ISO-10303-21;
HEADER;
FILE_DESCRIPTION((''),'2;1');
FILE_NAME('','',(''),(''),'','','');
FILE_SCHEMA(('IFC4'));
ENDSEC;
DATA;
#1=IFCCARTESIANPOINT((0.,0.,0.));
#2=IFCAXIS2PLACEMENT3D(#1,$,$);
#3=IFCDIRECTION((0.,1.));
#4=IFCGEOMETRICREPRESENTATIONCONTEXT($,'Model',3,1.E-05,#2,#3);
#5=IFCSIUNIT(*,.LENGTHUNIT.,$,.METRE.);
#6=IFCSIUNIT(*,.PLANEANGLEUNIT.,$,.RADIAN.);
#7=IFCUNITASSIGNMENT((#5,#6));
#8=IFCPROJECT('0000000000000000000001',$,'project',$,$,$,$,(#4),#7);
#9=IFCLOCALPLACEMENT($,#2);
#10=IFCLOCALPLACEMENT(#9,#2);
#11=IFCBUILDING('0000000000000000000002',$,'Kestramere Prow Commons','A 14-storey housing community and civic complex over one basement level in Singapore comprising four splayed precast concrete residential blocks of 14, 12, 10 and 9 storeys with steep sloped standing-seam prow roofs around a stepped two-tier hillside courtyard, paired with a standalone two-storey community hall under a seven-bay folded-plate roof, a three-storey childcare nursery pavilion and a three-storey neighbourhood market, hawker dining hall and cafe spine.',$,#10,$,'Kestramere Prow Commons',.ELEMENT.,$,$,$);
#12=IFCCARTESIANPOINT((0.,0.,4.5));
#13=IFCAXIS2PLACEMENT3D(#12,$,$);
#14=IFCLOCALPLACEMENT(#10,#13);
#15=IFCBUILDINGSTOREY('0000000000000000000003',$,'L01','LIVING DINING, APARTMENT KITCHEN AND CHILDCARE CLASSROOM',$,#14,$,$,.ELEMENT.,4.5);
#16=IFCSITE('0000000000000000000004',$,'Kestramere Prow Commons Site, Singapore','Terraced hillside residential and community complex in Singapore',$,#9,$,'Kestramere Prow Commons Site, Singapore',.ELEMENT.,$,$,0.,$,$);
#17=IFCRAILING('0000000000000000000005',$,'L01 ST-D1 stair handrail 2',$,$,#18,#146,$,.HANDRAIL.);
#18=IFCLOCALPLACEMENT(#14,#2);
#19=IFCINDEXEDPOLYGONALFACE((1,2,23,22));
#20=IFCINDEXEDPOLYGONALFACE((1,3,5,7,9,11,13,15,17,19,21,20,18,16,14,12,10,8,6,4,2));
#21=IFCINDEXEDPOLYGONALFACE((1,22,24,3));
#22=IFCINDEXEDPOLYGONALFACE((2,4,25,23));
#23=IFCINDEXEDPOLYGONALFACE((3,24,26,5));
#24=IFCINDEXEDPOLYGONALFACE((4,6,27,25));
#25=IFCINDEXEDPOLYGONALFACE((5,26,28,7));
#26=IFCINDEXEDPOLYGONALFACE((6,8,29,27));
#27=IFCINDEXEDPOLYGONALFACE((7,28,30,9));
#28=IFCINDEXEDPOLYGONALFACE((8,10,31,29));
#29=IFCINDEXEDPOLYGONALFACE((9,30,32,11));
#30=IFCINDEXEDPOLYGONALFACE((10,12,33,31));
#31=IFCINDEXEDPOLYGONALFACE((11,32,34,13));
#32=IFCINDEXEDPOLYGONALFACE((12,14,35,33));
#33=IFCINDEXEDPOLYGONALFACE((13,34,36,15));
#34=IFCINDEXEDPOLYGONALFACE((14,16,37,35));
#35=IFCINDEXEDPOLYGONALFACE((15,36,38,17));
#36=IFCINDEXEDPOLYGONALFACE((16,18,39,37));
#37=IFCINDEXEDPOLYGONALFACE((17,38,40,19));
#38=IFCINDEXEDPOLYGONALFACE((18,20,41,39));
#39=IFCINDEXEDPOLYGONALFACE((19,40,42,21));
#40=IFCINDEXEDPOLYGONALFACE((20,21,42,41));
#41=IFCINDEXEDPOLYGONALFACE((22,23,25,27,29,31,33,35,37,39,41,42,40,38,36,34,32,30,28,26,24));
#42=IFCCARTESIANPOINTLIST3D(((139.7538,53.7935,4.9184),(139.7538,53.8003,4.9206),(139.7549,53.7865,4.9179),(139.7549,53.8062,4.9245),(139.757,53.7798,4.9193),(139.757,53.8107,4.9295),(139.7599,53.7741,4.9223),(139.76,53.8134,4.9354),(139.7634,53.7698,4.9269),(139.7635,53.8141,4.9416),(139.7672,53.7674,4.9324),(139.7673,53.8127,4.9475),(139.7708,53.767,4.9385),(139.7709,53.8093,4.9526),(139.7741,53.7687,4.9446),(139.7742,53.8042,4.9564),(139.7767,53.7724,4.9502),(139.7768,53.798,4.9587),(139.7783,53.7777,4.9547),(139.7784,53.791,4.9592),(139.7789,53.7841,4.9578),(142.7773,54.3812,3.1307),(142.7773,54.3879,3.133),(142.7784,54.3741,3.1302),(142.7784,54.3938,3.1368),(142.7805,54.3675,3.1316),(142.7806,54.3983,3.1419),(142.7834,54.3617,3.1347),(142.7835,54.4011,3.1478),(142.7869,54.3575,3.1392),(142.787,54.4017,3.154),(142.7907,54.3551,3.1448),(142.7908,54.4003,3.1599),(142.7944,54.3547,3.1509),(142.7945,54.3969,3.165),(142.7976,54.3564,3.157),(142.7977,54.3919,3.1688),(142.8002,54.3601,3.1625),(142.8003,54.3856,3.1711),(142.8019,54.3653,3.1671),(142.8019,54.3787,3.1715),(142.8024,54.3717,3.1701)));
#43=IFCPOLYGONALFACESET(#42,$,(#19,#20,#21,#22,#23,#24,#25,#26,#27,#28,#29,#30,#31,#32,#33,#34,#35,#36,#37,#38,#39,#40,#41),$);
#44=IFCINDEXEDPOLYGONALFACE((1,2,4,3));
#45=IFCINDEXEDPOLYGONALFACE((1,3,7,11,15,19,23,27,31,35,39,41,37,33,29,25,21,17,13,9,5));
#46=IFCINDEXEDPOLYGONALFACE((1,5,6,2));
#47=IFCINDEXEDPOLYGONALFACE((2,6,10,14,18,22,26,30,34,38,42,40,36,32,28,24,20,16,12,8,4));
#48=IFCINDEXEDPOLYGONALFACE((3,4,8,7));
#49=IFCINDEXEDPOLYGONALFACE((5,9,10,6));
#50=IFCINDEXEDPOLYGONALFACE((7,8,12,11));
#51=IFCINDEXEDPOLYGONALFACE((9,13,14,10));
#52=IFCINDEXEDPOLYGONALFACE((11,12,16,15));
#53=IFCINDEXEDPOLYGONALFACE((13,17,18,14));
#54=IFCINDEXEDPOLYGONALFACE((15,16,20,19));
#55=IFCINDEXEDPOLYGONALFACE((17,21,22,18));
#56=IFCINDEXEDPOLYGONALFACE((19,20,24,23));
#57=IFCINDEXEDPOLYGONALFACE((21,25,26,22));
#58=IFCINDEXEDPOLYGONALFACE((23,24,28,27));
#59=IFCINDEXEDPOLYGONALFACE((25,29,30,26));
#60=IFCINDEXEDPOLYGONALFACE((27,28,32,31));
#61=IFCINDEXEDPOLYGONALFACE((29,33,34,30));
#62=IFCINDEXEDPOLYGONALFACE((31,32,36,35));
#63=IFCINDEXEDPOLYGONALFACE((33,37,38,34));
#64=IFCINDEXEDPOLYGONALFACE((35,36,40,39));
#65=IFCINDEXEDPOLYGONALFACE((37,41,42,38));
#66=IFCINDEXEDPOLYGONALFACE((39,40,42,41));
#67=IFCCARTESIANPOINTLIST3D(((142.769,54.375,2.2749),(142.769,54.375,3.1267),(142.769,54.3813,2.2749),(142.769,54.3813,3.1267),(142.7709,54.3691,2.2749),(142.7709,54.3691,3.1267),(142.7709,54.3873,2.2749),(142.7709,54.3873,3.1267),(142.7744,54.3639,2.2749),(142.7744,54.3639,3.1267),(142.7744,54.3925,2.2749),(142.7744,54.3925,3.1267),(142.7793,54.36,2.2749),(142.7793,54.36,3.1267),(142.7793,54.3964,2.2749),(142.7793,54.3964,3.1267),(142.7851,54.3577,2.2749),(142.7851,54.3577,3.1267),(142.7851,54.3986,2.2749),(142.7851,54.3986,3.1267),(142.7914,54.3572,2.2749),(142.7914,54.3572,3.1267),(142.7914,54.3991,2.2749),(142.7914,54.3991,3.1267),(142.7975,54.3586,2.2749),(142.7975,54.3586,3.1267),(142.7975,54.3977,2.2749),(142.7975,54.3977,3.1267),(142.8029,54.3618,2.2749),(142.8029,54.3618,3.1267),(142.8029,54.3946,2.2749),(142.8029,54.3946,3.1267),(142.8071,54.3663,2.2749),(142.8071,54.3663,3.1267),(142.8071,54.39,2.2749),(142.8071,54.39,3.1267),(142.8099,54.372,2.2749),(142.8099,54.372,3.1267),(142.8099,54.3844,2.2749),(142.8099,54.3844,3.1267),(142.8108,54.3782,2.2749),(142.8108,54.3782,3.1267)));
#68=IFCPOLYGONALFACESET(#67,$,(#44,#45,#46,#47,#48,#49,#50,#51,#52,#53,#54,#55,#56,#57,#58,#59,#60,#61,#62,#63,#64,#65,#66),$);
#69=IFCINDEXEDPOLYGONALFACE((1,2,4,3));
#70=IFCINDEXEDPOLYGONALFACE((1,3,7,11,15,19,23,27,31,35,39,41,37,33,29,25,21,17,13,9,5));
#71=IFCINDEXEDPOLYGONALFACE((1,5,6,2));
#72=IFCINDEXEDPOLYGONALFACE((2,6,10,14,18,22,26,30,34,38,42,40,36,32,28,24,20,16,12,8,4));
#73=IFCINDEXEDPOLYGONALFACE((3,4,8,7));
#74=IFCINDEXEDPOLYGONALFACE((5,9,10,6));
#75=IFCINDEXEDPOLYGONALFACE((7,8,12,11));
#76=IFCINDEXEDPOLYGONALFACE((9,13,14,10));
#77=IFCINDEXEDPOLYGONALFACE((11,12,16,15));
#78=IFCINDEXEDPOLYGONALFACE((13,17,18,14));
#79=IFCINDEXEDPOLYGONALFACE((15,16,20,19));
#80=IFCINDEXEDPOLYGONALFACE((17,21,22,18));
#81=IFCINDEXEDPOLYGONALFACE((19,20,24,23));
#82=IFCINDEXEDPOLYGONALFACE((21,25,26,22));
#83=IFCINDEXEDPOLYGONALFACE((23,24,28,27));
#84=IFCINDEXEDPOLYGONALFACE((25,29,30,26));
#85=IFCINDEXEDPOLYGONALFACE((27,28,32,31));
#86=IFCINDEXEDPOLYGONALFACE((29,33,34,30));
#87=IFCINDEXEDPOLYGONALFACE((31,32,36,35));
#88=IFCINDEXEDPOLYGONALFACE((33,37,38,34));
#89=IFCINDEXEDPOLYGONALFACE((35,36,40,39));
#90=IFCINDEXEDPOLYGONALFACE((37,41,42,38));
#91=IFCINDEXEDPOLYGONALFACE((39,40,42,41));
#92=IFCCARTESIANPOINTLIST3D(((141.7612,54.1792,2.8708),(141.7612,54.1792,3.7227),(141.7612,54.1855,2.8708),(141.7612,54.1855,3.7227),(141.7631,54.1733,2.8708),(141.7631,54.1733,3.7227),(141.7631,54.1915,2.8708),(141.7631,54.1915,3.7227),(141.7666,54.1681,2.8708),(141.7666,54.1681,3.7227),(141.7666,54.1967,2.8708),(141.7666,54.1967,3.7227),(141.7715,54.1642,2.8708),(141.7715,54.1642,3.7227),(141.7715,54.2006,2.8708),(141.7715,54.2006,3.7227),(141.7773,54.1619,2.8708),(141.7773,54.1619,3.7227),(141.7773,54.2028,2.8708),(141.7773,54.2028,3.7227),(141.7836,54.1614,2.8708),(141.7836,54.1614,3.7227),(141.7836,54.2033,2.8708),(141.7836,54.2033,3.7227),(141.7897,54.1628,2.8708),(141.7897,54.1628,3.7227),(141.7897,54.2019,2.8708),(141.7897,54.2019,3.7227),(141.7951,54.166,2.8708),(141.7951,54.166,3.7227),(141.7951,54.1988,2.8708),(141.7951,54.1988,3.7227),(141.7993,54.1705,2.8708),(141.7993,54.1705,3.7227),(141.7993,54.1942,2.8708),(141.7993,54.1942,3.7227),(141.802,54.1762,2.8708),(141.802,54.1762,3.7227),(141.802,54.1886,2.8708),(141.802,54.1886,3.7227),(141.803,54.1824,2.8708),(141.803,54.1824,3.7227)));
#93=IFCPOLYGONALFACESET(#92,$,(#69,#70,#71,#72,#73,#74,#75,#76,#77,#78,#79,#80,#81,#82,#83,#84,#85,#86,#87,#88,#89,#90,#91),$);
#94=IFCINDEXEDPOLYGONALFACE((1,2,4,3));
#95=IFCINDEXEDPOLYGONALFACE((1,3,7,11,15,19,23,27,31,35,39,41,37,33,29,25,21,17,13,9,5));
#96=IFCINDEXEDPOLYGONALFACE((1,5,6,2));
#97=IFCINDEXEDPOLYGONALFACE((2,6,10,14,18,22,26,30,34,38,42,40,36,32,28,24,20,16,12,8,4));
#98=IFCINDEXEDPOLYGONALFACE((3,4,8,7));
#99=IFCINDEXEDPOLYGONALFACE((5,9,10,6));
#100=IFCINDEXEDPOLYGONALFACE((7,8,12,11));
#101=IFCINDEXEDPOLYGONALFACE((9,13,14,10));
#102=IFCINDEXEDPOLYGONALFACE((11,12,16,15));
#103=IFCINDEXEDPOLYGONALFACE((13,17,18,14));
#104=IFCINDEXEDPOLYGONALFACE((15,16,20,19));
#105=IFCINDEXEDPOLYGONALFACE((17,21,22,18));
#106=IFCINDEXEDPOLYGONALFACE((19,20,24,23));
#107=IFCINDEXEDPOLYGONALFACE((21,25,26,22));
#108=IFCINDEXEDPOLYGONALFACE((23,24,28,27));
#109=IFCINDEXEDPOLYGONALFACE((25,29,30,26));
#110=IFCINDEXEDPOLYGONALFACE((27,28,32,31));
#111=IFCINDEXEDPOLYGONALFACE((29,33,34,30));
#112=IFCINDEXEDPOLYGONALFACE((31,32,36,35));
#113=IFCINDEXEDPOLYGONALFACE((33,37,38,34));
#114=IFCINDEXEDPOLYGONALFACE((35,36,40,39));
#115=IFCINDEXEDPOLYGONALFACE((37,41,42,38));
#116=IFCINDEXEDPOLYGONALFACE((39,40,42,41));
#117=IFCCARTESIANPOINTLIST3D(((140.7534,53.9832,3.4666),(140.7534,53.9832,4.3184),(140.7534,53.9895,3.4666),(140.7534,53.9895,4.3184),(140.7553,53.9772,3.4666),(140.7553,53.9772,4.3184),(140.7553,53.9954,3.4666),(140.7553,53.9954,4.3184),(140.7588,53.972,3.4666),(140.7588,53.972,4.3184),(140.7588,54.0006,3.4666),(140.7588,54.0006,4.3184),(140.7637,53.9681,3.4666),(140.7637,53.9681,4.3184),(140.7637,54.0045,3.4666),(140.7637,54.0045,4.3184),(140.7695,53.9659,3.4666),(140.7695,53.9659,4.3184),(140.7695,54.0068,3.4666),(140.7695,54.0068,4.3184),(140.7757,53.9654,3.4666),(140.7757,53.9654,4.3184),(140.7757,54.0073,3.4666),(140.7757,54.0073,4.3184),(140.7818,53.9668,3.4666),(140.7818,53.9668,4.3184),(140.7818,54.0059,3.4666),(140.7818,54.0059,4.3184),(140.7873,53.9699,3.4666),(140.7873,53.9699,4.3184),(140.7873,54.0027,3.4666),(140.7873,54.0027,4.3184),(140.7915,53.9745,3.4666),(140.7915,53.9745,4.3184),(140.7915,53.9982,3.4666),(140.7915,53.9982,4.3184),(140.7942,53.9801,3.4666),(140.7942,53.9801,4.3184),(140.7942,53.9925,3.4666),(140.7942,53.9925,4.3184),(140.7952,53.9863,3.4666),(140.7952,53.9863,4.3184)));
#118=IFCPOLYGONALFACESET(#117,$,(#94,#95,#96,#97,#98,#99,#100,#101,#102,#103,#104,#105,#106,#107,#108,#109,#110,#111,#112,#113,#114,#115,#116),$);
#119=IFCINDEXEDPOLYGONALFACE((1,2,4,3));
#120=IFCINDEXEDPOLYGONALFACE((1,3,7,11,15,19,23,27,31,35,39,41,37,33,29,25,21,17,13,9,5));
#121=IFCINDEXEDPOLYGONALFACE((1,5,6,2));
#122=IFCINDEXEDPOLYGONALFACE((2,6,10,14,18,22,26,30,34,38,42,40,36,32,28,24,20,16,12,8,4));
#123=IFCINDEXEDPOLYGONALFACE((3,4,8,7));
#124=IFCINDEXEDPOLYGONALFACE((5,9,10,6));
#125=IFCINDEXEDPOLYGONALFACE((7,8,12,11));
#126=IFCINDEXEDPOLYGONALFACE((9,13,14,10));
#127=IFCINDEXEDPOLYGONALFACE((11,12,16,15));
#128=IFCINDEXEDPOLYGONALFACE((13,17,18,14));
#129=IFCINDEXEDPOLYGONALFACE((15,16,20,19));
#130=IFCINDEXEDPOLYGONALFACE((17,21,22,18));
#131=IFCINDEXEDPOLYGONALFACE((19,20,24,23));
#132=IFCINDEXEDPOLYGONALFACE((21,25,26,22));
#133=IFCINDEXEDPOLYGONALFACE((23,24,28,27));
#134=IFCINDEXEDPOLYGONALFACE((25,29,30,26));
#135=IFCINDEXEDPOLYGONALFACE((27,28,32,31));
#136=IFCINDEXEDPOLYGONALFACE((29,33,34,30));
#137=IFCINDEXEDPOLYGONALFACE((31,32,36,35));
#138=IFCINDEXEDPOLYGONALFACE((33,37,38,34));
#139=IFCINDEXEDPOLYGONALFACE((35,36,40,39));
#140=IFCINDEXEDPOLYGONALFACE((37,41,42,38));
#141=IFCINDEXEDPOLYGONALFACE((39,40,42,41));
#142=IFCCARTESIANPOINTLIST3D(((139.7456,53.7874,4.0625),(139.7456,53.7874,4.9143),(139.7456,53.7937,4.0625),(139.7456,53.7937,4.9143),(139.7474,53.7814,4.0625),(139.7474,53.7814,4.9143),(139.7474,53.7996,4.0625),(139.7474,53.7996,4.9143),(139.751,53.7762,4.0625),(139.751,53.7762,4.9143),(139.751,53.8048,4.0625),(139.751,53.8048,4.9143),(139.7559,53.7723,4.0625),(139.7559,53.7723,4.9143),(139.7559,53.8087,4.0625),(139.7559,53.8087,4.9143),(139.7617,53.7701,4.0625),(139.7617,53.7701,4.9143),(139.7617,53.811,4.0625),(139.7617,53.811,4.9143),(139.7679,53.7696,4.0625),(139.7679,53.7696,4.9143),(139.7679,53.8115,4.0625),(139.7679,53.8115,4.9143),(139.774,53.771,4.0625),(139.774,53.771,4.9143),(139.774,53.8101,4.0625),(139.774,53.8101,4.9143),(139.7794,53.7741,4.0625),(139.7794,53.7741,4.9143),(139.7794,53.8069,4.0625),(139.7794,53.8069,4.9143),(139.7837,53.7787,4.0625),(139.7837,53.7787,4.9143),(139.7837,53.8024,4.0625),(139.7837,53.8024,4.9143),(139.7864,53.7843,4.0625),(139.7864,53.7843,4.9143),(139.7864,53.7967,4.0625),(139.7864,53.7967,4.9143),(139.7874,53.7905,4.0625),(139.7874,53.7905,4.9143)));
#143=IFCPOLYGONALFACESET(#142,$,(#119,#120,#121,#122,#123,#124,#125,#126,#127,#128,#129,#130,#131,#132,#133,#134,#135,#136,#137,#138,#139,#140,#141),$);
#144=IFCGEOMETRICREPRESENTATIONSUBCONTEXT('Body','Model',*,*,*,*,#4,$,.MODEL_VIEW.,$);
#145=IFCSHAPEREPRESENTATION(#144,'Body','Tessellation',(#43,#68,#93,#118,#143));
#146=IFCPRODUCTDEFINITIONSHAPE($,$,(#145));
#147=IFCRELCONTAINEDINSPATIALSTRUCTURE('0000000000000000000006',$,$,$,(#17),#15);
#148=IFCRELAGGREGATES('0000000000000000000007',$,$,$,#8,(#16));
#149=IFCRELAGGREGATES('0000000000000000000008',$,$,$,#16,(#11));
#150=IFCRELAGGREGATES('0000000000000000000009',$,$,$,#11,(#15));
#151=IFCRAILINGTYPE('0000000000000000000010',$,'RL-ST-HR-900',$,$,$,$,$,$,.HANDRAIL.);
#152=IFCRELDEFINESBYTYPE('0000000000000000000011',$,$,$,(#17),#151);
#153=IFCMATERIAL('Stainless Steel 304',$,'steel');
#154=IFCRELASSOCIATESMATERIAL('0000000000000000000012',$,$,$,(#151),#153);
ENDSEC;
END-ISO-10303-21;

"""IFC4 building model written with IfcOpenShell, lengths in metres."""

from ifc_helpers import new_model, si_unit, direction, frame, origin, origin_2d, place, context, subcontext, project, spatial, circle, extrude, material, type_object, element, save


model = new_model("IFC4")

# Units and contexts
model_context = context("Model", 3, precision=1e-05, world=origin(), true_north=direction((0.0, 1.0)))
body_context = subcontext(model_context, "Body", "Model", "MODEL_VIEW")
ifc_project = project(units=[si_unit("LENGTHUNIT", "METRE"), si_unit("PLANEANGLEUNIT", "RADIAN")], contexts=[model_context])

# Site, building, storey
site_placement = place(None, origin())
site = spatial("IfcSite", under=ifc_project, at=site_placement, Name="Kestramere Prow Commons Site, Singapore", Description="Terraced hillside residential and community complex in Singapore", LongName="Kestramere Prow Commons Site, Singapore", CompositionType="ELEMENT", RefElevation=0.0)
building_placement = place(site_placement, origin())
building = spatial("IfcBuilding", under=site, at=building_placement, Name="Kestramere Prow Commons", Description="A 14-storey housing community and civic complex over one basement level in Singapore comprising four splayed precast concrete residential blocks of 14, 12, 10 and 9 storeys with steep sloped standing-seam prow roofs around a stepped two-tier hillside courtyard, paired with a standalone two-storey community hall under a seven-bay folded-plate roof, a three-storey childcare nursery pavilion and a three-storey neighbourhood market, hawker dining hall and cafe spine.", LongName="Kestramere Prow Commons", CompositionType="ELEMENT")
storey_placement = place(building_placement, frame((0.0, 0.0, 4.5)))
storey = spatial("IfcBuildingStorey", under=building, at=storey_placement, Name="L01", Description="LIVING DINING, APARTMENT KITCHEN AND CHILDCARE CLASSROOM", CompositionType="ELEMENT", Elevation=4.5)

# Railing
ifc_material_1 = material(Name="Stainless Steel 304", Category="steel")
railing_type_1 = type_object("IfcRailingType", Name="RL-ST-HR-900", PredefinedType="HANDRAIL", material=ifc_material_1)
railing_1_placement = place(storey_placement, frame((142.7898, 54.3782, 2.2749)))
element("IfcRailing", 1, at=railing_1_placement, inside=storey, type_object=railing_type_1, Name="L01 ST-D1 stair handrail 2", PredefinedType="HANDRAIL", context=body_context, shape_type="SweptSolid", body=[
    extrude(circle(Radius=0.0239, at=origin_2d()), frame((0.0, 0.0, 0.876), z_axis=(-0.848999, -0.165015, 0.501968), x_axis=(0.190793, -0.98163, 0.0)), (0.0, 0.0, 1.0), 3.5613),
    extrude(circle(Radius=0.021, at=origin_2d()), origin(), (0.0, 0.0, 1.0), 0.8518),
    extrude(circle(Radius=0.021, at=origin_2d()), frame((-1.0078, -0.1958, 0.5959)), (0.0, 0.0, 1.0), 0.8518),
    extrude(circle(Radius=0.021, at=origin_2d()), frame((-2.0156, -0.3918, 1.1917)), (0.0, 0.0, 1.0), 0.8518),
    extrude(circle(Radius=0.021, at=origin_2d()), frame((-3.0234, -0.5876, 1.7876)), (0.0, 0.0, 1.0), 0.8518),
])

save(model, "model.ifc")
